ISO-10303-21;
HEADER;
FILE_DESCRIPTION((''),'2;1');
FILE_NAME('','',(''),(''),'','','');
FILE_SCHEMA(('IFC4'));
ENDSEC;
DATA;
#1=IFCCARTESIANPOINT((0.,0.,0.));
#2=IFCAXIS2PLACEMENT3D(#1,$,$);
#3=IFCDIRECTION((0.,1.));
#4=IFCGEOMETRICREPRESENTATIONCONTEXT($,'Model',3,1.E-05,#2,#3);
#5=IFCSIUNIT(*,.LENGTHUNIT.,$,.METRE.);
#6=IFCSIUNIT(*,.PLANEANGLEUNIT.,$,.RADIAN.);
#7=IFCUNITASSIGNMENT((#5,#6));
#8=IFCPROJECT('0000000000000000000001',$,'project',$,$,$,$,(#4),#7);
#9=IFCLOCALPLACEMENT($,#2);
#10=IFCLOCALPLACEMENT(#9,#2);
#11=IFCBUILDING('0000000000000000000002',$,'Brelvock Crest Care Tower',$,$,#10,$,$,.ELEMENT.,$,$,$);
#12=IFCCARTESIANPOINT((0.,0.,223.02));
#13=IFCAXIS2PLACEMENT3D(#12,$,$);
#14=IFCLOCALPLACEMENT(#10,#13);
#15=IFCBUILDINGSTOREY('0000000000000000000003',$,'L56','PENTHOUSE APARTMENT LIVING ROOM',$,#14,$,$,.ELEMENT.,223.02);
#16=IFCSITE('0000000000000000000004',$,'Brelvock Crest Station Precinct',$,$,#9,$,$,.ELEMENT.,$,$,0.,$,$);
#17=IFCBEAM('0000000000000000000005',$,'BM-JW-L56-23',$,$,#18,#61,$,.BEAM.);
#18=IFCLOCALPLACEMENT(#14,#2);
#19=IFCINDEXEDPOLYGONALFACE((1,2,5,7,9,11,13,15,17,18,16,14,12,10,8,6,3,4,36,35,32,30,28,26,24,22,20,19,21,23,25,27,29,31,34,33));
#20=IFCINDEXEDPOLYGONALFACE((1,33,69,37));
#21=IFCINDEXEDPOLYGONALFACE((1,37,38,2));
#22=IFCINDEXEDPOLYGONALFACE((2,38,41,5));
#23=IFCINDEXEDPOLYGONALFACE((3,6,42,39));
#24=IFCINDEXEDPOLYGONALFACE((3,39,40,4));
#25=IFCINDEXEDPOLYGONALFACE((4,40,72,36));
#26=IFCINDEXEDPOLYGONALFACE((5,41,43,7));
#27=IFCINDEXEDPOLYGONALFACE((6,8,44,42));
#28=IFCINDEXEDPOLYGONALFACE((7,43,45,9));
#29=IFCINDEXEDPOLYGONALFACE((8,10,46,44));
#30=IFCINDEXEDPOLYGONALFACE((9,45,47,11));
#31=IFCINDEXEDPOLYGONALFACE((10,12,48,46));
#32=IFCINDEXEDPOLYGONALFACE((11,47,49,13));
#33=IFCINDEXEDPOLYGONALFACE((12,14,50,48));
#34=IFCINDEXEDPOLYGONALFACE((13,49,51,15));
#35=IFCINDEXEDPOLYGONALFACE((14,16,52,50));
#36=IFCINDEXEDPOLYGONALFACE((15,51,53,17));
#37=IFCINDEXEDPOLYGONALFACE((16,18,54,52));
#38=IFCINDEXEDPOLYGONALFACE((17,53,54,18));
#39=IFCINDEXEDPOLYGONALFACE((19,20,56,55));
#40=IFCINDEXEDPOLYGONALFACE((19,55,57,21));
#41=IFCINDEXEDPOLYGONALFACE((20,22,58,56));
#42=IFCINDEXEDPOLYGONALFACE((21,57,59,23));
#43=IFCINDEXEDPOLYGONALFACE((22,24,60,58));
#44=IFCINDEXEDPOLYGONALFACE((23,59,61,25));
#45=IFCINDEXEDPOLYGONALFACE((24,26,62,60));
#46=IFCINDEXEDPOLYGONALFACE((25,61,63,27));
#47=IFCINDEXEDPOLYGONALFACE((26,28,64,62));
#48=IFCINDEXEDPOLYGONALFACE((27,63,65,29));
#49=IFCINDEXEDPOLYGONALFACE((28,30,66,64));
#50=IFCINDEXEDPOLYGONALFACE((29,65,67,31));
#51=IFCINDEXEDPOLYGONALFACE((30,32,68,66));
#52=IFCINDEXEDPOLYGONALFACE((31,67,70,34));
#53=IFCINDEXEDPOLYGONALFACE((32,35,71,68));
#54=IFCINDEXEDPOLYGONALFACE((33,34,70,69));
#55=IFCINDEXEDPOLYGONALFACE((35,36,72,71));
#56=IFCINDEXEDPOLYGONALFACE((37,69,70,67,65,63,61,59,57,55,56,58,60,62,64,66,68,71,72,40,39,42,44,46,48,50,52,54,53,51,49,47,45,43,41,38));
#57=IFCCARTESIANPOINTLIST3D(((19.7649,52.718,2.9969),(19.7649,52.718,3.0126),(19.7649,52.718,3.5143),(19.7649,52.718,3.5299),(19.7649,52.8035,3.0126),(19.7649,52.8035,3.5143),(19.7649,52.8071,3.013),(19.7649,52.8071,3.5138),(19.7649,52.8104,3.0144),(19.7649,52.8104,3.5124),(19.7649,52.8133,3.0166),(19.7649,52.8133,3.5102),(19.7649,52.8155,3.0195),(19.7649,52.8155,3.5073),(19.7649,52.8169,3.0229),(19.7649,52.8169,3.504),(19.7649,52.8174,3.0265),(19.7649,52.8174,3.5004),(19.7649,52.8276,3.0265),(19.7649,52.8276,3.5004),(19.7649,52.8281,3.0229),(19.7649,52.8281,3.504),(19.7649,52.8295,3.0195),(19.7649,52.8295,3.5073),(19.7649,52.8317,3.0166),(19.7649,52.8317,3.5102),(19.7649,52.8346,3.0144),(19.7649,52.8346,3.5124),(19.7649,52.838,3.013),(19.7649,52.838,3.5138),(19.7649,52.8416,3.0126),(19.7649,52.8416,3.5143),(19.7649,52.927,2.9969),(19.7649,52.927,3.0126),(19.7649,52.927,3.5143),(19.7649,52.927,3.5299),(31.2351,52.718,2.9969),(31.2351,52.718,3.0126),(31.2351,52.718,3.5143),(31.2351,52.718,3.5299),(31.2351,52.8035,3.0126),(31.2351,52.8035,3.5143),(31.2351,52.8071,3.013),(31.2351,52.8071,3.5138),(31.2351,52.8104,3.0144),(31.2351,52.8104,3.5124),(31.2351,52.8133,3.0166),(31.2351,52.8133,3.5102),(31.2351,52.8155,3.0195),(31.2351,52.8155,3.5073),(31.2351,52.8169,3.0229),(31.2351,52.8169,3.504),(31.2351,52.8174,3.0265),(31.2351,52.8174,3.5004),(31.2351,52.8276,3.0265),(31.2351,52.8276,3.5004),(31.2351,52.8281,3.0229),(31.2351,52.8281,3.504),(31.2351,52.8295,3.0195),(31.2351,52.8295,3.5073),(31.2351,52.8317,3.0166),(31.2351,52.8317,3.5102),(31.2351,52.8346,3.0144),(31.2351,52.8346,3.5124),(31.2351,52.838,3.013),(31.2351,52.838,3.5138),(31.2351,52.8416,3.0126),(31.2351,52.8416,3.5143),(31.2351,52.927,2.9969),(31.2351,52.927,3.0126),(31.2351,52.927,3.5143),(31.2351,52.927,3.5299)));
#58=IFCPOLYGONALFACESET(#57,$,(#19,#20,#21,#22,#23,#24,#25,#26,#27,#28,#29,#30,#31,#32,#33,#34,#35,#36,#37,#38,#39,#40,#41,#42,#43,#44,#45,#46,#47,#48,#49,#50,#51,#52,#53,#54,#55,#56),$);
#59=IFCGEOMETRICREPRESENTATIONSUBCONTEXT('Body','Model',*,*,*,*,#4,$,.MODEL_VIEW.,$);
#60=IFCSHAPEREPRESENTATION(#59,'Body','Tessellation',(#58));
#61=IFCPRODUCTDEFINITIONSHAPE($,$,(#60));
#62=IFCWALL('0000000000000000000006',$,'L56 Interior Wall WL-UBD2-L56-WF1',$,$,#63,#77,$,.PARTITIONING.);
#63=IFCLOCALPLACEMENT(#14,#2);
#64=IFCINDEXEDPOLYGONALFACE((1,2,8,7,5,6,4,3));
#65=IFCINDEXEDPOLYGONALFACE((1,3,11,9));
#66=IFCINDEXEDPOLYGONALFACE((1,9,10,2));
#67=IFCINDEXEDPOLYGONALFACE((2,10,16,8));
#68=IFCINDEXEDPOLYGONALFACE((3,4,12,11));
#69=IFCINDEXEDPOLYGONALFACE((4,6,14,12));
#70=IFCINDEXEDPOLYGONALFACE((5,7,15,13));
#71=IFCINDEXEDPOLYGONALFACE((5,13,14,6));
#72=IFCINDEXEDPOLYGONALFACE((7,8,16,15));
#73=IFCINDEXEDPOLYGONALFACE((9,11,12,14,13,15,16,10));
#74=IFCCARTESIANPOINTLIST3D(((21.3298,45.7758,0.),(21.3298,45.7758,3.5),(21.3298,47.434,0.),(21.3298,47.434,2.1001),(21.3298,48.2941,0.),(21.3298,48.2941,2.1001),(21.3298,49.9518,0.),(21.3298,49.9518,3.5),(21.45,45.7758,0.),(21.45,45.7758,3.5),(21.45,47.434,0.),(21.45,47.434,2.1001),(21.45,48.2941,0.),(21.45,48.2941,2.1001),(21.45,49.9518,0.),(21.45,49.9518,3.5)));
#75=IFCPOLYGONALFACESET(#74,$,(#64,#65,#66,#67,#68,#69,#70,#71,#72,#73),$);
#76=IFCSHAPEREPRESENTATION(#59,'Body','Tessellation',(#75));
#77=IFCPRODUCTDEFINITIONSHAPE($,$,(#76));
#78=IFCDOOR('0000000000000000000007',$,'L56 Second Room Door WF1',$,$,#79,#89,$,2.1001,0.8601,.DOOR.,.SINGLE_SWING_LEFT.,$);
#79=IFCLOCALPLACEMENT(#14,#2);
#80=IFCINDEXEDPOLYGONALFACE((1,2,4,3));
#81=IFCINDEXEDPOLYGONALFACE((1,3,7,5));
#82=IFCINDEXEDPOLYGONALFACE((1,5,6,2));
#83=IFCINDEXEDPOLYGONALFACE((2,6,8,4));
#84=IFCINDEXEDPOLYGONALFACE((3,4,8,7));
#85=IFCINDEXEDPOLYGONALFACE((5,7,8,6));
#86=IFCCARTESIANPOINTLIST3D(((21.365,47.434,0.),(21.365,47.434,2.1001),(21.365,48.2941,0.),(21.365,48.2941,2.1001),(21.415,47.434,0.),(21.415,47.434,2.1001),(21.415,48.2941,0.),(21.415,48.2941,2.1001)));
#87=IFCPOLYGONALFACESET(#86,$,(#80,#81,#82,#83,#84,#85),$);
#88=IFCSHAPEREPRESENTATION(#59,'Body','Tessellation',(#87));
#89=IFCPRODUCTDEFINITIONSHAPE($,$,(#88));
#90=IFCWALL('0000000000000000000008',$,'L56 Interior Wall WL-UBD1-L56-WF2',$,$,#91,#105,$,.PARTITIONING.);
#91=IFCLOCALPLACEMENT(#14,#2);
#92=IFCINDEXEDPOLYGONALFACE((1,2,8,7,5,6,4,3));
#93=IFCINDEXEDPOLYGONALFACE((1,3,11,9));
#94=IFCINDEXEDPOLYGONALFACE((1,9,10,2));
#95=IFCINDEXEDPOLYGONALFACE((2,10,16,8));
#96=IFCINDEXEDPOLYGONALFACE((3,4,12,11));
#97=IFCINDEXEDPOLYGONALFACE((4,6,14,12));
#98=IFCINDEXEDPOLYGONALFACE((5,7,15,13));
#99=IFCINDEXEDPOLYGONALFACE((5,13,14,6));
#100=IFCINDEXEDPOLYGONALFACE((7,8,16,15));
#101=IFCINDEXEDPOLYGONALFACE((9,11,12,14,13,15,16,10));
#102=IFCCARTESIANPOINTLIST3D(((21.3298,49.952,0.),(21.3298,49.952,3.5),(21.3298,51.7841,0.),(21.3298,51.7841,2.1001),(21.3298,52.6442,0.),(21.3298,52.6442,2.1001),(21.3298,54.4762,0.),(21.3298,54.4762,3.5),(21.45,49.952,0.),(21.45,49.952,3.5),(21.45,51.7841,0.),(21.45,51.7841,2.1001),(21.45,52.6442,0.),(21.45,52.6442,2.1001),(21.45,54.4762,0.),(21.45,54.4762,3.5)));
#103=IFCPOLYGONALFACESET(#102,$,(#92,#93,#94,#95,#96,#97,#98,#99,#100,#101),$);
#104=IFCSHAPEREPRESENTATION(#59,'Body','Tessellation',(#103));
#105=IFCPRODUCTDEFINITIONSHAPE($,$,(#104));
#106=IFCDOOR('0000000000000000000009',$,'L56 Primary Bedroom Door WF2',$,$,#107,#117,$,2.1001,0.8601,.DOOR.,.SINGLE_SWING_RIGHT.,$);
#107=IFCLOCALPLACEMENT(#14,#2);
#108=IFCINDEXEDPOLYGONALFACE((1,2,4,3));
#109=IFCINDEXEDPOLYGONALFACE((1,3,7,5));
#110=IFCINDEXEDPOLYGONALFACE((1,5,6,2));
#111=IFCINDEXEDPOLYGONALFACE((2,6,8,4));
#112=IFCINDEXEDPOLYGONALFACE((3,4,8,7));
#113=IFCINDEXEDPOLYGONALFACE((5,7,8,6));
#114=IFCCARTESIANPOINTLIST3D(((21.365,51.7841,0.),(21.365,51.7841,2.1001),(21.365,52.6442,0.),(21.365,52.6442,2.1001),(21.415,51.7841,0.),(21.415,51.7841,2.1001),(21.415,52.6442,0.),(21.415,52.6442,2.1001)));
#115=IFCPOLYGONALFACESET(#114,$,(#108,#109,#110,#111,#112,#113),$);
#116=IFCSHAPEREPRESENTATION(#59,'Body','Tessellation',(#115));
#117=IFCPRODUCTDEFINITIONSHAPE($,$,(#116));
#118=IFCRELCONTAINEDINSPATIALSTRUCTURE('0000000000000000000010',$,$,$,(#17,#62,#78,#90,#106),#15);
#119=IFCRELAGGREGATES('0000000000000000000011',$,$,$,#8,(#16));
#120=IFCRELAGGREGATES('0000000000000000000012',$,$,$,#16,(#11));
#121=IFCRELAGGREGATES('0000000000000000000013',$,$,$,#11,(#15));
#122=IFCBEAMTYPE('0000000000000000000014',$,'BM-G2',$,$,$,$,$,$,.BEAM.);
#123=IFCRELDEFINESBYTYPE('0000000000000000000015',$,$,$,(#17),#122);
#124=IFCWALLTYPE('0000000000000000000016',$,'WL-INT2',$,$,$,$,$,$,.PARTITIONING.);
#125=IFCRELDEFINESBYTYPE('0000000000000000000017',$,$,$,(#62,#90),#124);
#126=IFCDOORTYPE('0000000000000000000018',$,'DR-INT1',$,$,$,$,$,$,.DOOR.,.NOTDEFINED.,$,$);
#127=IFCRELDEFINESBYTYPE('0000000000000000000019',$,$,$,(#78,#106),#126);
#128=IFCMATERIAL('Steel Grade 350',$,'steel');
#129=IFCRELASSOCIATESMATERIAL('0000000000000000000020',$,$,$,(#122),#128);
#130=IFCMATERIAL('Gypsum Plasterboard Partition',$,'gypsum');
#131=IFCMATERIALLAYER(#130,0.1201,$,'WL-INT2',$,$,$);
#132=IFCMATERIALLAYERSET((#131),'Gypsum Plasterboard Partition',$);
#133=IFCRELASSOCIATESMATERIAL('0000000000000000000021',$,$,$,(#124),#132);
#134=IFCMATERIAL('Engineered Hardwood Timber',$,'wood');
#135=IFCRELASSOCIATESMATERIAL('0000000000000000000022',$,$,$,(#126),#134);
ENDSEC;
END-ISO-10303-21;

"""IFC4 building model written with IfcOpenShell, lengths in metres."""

from ifc_helpers import new_model, si_unit, direction, frame, frame_2d, origin, origin_2d, place, context, subcontext, project, spatial, rectangle, i_section, extrude, source, transform, mapped, material, layer, layer_set, material_profile, profile_set, type_object, element, fill, save


model = new_model("IFC4")

# Units and contexts
model_context = context("Model", 3, precision=1e-05, world=origin(), true_north=direction((0.0, 1.0)))
body_context = subcontext(model_context, "Body", "Model", "MODEL_VIEW")
ifc_project = project(units=[si_unit("LENGTHUNIT", "METRE"), si_unit("PLANEANGLEUNIT", "RADIAN")], contexts=[model_context])

# Site, building, storey
site_placement = place(None, origin())
site = spatial("IfcSite", under=ifc_project, at=site_placement, Name="Brelvock Crest Station Precinct", CompositionType="ELEMENT", RefElevation=0.0)
building_placement = place(site_placement, origin())
building = spatial("IfcBuilding", under=site, at=building_placement, Name="Brelvock Crest Care Tower", CompositionType="ELEMENT")
storey_placement = place(building_placement, frame((0.0, 0.0, 223.02)))
storey = spatial("IfcBuildingStorey", under=building, at=storey_placement, Name="L56", Description="PENTHOUSE APARTMENT LIVING ROOM", CompositionType="ELEMENT", Elevation=223.02)

# Beam
ifc_material_1 = material(Name="Steel Grade 350", Category="steel")
ifc_material_profile_1 = material_profile(ifc_material_1, i_section(OverallWidth=0.209, OverallDepth=0.533, WebThickness=0.0103, FlangeThickness=0.0156, FilletRadius=0.0139, at=origin_2d()), Name="530UB92.4")
ifc_profile_set_1 = profile_set([ifc_material_profile_1], Name="Steel Grade 350")
beam_type_1 = type_object("IfcBeamType", Name="BM-G2", PredefinedType="BEAM", material=ifc_profile_set_1)
shared_shape_1 = source(origin(), body_context, "Body", "SweptSolid", [
    extrude(i_section(OverallWidth=0.209, OverallDepth=0.533, WebThickness=0.0103, FlangeThickness=0.0156, FilletRadius=0.0139, at=origin_2d()), origin(), (0.0, 0.0, 1.0), 11.4702),
])
for number, where, z_axis, x_axis, name in (
    (1, (19.7649, 52.8225, 3.2634), (1.0, 0.0, 0.0), (0.0, 1.0, 0.0), "BM-JW-L56-23"),
):
    element("IfcBeam", number, at=place(storey_placement, frame(where, z_axis=z_axis, x_axis=x_axis)), inside=storey, type_object=beam_type_1, Name=name, PredefinedType="BEAM", context=body_context, shape_type="MappedRepresentation", body=[
        mapped(shared_shape_1, transform((0.0, 0.0, 0.0), x_axis=(1.0, 0.0, 0.0), y_axis=(0.0, 1.0, 0.0), z_axis=(0.0, 0.0, 1.0), scale=1.0)),
    ])

# Walls, openings, doors
ifc_material_2 = material(Name="Gypsum Plasterboard Partition", Category="gypsum")
ifc_layer = layer(ifc_material_2, 0.1201, Name="WL-INT2")
ifc_layer_set = layer_set([ifc_layer], Name="Gypsum Plasterboard Partition")
wall_type = type_object("IfcWallType", Name="WL-INT2", PredefinedType="PARTITIONING", material=ifc_layer_set)
wall_1_placement = place(storey_placement, frame((21.3899, 45.7759, 0.0), z_axis=(0.0, 0.0, 1.0), x_axis=(0.0, 1.0, 0.0)))
wall_1 = element("IfcWall", 2, at=wall_1_placement, inside=storey, type_object=wall_type, Name="L56 Interior Wall WL-UBD2-L56-WF1", PredefinedType="PARTITIONING", context=body_context, shape_type="SweptSolid", body=[
    extrude(rectangle(XDim=4.176, YDim=0.1201, at=frame_2d((2.0879, 0.0))), origin(), (0.0, 0.0, 1.0), 3.5),
])
opening_1_placement = place(wall_1_placement, frame((1.658, 0.0, 0.0)))
opening_1 = element("IfcOpeningElement", 3, at=opening_1_placement, cuts=wall_1, PredefinedType="OPENING", context=body_context, shape_type="SweptSolid", body=[
    extrude(rectangle(XDim=0.8601, YDim=2.1001, at=origin_2d()), frame((0.4302, 0.0701, 1.05), z_axis=(0.0, -1.0, 0.0), x_axis=(1.0, 0.0, 0.0)), (0.0, 0.0, 1.0), 0.1401),
])
ifc_material_3 = material(Name="Engineered Hardwood Timber", Category="wood")
door_type = type_object("IfcDoorType", Name="DR-INT1", OperationType="NOTDEFINED", PredefinedType="DOOR", material=ifc_material_3)
shared_shape_2 = source(origin(), body_context, "Body", "SweptSolid", [
    extrude(rectangle(XDim=0.8601, YDim=2.1001, at=origin_2d()), frame((0.4302, 0.0249, 1.05), z_axis=(0.0, -1.0, 0.0), x_axis=(1.0, 0.0, 0.0)), (0.0, 0.0, 1.0), 0.05),
])
door_1_placement = place(opening_1_placement, origin())
door_1 = element("IfcDoor", 4, at=door_1_placement, inside=storey, type_object=door_type, Name="L56 Second Room Door WF1", OperationType="SINGLE_SWING_LEFT", OverallHeight=2.1001, OverallWidth=0.8601, PredefinedType="DOOR", context=body_context, shape_type="MappedRepresentation", body=[
    mapped(shared_shape_2, transform((0.0, 0.0, 0.0), x_axis=(1.0, 0.0, 0.0), y_axis=(0.0, 1.0, 0.0), z_axis=(0.0, 0.0, 1.0), scale=1.0)),
])
fill(opening_1, door_1)
wall_2_placement = place(storey_placement, frame((21.3899, 49.9519, 0.0), z_axis=(0.0, 0.0, 1.0), x_axis=(0.0, 1.0, 0.0)))
wall_2 = element("IfcWall", 5, at=wall_2_placement, inside=storey, type_object=wall_type, Name="L56 Interior Wall WL-UBD1-L56-WF2", PredefinedType="PARTITIONING", context=body_context, shape_type="SweptSolid", body=[
    extrude(rectangle(XDim=4.5242, YDim=0.1201, at=frame_2d((2.2622, 0.0))), origin(), (0.0, 0.0, 1.0), 3.5),
])
opening_2_placement = place(wall_2_placement, frame((1.832, 0.0, 0.0)))
opening_2 = element("IfcOpeningElement", 6, at=opening_2_placement, cuts=wall_2, PredefinedType="OPENING", context=body_context, shape_type="SweptSolid", body=[
    extrude(rectangle(XDim=0.8601, YDim=2.1001, at=origin_2d()), frame((0.4302, 0.0701, 1.05), z_axis=(0.0, -1.0, 0.0), x_axis=(1.0, 0.0, 0.0)), (0.0, 0.0, 1.0), 0.1401),
])
door_2_placement = place(opening_2_placement, origin())
door_2 = element("IfcDoor", 7, at=door_2_placement, inside=storey, type_object=door_type, Name="L56 Primary Bedroom Door WF2", OperationType="SINGLE_SWING_RIGHT", OverallHeight=2.1001, OverallWidth=0.8601, PredefinedType="DOOR", context=body_context, shape_type="MappedRepresentation", body=[
    mapped(shared_shape_2, transform((0.0, 0.0, 0.0), x_axis=(1.0, 0.0, 0.0), y_axis=(0.0, 1.0, 0.0), z_axis=(0.0, 0.0, 1.0), scale=1.0)),
])
fill(opening_2, door_2)

save(model, "model.ifc")
